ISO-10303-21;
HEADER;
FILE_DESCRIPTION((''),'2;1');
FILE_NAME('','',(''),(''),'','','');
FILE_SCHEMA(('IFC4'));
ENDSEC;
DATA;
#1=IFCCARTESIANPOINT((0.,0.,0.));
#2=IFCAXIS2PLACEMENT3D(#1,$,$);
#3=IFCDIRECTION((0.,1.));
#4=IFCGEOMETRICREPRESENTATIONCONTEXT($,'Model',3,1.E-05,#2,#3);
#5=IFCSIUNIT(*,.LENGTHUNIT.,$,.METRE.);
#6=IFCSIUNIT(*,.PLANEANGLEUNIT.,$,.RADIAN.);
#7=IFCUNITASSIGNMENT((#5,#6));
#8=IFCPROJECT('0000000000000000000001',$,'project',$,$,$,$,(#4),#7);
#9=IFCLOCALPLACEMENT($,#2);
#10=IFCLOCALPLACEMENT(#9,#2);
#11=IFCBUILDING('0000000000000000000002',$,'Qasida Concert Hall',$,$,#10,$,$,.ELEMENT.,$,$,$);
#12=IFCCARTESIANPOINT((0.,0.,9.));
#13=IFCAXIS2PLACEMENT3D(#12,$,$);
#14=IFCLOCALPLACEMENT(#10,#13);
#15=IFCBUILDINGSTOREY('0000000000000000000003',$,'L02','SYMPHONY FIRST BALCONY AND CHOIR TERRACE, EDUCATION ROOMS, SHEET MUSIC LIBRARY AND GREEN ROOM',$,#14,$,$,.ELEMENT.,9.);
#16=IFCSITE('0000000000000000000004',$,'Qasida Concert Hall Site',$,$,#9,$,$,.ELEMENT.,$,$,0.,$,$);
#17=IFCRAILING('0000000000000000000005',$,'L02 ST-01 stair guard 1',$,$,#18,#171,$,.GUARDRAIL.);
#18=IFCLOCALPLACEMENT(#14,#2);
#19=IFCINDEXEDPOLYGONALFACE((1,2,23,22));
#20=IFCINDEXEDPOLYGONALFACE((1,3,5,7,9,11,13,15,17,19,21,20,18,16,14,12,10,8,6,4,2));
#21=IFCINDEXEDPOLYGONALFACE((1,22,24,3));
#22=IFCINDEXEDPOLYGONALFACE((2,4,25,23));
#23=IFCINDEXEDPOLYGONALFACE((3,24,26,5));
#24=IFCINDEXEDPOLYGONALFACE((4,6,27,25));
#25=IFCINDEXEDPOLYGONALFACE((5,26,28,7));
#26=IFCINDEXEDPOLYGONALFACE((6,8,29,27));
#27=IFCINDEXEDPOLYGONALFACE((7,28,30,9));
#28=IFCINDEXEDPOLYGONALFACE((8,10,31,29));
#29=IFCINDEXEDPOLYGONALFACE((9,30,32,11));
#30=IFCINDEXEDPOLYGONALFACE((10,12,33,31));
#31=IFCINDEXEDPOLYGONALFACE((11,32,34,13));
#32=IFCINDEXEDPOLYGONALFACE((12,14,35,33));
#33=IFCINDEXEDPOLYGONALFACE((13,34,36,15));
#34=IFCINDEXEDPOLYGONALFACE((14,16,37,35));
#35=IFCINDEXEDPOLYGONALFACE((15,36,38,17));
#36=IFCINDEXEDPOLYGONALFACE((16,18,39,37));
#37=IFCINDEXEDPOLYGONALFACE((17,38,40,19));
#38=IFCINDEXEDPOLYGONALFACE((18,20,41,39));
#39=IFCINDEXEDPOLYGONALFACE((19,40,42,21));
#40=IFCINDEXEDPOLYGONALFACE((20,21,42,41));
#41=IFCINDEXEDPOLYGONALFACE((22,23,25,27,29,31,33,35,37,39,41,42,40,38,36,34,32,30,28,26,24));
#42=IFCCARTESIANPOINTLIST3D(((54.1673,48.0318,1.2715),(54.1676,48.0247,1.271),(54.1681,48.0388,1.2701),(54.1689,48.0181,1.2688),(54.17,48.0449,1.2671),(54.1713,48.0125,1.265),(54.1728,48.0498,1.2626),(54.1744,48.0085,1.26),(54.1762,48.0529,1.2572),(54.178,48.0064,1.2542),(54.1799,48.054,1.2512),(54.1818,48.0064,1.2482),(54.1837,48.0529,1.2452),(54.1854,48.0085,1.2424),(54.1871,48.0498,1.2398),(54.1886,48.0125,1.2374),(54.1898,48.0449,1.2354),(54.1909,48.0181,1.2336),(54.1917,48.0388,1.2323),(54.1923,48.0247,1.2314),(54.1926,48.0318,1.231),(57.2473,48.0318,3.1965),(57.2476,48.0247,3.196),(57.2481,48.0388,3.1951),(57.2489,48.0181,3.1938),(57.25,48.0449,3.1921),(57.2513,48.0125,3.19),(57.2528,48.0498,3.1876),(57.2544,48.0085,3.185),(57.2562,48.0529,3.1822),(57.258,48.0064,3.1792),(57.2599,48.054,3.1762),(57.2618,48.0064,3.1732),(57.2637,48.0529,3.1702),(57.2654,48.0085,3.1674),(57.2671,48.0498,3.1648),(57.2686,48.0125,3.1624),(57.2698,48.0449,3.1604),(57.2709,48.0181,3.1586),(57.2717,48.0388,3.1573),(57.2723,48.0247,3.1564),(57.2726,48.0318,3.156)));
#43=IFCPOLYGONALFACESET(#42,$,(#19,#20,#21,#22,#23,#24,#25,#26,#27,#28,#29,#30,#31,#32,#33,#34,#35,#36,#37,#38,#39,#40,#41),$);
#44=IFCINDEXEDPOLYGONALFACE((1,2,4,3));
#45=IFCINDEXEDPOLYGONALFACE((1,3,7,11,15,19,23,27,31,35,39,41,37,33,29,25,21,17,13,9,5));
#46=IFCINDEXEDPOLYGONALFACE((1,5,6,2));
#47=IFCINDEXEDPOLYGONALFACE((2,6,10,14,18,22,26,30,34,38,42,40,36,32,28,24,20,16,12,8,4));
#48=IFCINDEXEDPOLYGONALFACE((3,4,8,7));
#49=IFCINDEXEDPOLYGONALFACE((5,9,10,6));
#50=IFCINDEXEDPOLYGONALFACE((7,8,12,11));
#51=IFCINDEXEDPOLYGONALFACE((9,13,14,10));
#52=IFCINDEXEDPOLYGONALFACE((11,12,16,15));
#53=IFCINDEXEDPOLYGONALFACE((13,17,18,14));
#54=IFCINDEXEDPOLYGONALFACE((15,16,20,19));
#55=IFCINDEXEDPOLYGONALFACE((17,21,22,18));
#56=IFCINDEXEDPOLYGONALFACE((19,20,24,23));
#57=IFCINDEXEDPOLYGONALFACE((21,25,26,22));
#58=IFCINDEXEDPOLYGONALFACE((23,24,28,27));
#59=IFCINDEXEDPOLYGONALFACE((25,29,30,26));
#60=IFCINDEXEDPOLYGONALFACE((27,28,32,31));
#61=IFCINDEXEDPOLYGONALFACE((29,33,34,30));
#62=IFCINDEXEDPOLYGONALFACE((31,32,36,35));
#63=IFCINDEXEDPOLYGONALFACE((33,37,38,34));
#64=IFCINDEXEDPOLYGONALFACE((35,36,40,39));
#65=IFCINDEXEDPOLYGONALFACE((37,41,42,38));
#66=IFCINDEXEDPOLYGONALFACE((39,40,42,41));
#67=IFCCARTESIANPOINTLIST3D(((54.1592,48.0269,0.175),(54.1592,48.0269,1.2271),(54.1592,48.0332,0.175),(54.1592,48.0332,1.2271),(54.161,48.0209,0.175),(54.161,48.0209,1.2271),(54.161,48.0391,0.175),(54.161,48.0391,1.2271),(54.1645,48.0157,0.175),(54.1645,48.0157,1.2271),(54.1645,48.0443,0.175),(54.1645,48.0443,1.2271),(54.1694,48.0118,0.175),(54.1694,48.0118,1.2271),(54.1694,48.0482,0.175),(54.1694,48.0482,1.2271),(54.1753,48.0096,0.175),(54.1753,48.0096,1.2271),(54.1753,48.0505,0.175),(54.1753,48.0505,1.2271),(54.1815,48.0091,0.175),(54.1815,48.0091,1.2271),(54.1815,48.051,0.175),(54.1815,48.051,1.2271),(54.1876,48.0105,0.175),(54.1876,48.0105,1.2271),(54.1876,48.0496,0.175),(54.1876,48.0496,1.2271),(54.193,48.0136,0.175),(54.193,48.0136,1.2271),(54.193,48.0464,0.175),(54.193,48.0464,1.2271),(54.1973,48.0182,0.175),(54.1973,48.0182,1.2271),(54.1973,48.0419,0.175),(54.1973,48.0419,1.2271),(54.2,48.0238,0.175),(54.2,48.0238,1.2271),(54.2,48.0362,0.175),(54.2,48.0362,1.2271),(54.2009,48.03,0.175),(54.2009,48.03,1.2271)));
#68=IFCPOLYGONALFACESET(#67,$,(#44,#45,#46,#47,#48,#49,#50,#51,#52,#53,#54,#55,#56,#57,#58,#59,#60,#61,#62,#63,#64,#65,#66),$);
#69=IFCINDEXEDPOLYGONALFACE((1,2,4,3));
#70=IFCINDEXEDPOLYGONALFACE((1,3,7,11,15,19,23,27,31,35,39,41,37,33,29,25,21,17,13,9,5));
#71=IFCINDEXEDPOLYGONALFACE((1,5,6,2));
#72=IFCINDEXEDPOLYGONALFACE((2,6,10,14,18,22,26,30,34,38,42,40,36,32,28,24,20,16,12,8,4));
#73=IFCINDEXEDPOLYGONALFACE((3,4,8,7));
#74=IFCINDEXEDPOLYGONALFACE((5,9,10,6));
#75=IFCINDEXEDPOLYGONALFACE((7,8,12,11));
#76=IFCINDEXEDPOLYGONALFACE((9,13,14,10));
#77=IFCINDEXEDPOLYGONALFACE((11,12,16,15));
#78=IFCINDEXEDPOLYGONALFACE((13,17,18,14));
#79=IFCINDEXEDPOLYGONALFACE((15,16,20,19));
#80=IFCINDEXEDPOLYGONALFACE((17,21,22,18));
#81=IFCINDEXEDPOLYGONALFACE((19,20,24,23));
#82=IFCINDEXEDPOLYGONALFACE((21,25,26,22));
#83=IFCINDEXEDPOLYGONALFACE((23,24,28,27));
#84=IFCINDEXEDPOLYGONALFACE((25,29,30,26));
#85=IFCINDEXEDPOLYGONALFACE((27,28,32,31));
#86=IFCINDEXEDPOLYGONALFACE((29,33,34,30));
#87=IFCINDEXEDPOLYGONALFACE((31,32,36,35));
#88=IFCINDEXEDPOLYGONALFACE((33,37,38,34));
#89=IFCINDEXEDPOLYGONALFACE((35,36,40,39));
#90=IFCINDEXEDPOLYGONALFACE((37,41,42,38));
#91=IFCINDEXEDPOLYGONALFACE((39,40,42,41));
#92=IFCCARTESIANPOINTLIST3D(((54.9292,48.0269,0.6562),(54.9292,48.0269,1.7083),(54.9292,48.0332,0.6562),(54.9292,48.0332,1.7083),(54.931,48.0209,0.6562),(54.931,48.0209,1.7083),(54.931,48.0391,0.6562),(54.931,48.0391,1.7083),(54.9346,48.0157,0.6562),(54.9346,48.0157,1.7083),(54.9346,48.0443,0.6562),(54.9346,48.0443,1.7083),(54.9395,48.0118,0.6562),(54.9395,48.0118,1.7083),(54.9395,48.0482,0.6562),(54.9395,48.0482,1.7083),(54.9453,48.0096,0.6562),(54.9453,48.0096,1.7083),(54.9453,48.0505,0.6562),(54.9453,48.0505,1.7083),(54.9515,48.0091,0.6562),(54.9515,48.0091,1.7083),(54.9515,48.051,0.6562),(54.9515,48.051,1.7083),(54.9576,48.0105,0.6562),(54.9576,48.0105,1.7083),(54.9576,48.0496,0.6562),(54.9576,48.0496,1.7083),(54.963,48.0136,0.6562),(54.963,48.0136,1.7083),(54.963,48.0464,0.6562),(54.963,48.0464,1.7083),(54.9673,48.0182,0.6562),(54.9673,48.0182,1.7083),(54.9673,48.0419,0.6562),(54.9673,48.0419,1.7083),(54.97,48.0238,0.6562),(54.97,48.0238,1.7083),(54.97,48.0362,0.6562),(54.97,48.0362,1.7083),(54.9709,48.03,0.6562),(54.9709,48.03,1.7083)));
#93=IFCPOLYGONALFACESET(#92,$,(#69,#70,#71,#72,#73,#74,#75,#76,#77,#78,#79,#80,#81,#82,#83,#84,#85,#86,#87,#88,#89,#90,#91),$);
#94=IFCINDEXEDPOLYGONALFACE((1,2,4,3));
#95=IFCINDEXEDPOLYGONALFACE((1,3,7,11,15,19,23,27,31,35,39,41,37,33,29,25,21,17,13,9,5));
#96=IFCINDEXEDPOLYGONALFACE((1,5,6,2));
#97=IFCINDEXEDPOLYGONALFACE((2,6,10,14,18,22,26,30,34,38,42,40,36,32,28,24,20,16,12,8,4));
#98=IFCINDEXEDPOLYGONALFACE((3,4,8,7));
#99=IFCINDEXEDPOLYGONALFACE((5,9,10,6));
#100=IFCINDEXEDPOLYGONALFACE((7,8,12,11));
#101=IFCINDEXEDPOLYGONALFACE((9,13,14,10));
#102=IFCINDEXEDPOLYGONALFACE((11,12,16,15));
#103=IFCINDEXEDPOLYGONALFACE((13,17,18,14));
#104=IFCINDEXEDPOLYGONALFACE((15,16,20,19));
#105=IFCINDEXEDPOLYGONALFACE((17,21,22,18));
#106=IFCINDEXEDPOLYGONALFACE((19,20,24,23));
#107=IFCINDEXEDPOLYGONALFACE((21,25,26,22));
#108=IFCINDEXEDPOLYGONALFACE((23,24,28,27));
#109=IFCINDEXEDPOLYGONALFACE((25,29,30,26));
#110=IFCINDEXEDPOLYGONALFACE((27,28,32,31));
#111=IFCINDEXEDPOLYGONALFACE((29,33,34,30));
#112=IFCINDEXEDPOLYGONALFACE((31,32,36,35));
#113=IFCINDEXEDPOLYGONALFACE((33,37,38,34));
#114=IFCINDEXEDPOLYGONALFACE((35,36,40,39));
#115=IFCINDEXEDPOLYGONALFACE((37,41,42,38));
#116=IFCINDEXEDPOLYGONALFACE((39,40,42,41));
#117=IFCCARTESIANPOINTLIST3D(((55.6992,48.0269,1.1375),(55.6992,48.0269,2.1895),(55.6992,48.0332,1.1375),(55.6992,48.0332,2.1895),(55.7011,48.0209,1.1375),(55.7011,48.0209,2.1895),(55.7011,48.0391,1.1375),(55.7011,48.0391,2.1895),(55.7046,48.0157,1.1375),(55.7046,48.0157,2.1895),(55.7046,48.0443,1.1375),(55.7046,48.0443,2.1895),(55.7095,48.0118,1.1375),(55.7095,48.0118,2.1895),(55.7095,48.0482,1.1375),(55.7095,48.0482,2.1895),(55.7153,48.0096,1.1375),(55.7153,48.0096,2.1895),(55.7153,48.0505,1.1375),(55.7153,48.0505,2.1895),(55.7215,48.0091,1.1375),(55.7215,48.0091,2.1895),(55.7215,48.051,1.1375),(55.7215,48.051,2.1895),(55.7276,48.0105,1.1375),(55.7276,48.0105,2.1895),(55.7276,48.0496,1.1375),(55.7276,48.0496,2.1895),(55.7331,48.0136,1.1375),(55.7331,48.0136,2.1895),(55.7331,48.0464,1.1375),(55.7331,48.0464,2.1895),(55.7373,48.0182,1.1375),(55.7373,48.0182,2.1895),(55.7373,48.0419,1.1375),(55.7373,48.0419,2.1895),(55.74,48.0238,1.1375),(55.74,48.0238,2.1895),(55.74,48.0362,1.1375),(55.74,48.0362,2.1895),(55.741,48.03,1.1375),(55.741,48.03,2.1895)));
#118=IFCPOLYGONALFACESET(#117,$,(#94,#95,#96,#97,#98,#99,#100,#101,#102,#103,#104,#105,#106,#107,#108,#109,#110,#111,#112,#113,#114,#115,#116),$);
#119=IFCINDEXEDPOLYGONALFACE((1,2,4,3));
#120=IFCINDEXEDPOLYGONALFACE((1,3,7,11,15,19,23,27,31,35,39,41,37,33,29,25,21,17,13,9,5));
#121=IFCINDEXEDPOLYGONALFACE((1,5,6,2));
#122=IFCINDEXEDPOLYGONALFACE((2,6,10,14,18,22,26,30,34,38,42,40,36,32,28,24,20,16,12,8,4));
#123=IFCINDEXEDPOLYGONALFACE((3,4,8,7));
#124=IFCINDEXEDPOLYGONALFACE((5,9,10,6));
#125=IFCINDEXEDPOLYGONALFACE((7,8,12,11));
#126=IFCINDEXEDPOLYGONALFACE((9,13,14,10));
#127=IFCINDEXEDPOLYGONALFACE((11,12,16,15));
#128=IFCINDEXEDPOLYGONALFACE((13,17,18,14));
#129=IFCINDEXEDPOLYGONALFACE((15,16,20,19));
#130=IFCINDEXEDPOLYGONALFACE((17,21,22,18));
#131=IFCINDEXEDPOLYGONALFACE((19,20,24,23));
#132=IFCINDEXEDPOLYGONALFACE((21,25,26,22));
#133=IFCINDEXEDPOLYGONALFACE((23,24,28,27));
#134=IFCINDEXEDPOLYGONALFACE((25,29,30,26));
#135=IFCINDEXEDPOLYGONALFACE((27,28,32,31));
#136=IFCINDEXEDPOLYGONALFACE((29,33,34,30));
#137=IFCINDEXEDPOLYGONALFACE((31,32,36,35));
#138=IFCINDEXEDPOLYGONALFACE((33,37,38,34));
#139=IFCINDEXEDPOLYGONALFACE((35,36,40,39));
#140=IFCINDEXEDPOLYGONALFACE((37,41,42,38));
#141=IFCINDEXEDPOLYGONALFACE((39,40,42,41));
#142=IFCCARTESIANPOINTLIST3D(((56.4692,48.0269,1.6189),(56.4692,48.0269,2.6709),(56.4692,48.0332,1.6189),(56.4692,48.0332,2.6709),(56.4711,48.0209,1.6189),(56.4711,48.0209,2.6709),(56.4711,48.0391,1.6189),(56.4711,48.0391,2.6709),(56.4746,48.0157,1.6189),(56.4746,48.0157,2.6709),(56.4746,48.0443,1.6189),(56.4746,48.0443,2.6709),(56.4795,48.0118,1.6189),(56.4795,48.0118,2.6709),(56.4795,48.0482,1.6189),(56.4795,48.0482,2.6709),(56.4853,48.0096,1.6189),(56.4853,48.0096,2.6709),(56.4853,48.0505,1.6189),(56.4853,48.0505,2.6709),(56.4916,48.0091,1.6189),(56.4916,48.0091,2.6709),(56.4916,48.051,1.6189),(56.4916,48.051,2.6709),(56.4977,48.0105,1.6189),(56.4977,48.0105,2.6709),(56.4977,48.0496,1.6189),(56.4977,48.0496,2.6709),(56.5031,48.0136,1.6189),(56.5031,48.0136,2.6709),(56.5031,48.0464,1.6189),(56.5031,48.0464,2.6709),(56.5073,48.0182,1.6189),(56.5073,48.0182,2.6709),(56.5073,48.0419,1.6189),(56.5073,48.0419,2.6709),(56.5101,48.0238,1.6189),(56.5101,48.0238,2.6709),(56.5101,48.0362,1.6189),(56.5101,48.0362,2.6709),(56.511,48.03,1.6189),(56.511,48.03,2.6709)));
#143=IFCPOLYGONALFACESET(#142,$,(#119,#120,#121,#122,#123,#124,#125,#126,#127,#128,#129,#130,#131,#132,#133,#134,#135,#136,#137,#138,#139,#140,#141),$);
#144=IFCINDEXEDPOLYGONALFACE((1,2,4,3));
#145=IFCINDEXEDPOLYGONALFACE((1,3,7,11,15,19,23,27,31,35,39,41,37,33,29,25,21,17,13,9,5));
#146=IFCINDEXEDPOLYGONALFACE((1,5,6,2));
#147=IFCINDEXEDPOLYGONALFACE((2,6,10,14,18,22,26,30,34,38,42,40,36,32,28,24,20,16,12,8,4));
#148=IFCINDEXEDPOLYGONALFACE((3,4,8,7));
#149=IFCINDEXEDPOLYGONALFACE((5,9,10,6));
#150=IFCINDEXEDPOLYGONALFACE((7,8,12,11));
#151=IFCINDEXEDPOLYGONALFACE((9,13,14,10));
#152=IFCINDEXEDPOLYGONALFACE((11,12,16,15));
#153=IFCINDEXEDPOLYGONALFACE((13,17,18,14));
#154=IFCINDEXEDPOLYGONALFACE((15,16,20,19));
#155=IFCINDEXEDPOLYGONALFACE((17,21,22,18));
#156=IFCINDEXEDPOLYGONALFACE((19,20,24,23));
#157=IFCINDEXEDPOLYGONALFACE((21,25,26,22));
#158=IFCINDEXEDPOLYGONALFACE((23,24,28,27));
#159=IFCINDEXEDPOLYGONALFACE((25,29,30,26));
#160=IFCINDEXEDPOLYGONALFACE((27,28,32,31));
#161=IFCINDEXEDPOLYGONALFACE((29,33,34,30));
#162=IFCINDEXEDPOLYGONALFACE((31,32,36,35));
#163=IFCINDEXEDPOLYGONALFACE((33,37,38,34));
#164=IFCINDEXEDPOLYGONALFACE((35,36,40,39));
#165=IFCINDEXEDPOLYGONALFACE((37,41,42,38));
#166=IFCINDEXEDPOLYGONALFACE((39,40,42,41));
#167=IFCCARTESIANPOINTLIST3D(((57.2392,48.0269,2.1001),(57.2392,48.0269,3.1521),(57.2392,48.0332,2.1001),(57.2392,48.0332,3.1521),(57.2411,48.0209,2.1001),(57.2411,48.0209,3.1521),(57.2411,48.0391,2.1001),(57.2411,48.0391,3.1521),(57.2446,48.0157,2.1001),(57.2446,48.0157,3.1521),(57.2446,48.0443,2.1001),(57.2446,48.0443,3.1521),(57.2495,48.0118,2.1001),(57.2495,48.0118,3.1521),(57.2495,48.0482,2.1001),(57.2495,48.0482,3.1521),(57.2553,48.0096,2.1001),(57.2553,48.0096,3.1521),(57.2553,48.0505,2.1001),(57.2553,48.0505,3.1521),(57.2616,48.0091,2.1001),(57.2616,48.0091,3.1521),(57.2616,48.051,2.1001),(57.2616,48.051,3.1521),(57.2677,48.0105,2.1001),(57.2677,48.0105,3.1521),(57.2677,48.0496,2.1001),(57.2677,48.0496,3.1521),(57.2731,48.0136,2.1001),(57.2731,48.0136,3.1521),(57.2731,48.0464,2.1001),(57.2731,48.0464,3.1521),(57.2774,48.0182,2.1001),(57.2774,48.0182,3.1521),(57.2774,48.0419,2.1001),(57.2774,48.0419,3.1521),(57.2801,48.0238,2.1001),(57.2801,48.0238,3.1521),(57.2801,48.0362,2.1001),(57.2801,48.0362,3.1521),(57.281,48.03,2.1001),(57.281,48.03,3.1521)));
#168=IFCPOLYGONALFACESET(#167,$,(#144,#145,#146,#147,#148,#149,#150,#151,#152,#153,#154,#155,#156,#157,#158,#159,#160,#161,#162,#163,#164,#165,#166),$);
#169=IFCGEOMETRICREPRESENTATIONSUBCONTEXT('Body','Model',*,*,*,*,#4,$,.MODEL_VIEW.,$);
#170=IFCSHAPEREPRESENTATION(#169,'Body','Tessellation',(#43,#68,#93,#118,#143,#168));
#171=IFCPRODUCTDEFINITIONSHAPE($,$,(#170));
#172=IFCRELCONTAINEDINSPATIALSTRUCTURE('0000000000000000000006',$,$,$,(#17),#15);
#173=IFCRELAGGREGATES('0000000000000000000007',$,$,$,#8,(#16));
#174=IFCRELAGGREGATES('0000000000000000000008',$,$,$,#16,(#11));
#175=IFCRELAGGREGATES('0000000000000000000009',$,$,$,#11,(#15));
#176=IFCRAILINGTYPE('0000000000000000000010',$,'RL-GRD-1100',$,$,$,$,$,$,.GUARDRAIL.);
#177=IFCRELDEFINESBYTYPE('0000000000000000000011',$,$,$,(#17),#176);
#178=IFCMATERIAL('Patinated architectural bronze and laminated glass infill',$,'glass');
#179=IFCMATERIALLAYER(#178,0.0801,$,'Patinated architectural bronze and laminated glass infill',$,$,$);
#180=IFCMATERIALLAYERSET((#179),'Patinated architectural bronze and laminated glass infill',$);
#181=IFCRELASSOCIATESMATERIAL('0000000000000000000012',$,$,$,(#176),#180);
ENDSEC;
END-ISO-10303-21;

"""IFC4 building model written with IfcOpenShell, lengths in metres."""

from ifc_helpers import new_model, si_unit, direction, frame, origin, origin_2d, place, context, subcontext, project, spatial, circle, extrude, material, layer, layer_set, type_object, element, save


model = new_model("IFC4")

# Units and contexts
model_context = context("Model", 3, precision=1e-05, world=origin(), true_north=direction((0.0, 1.0)))
body_context = subcontext(model_context, "Body", "Model", "MODEL_VIEW")
ifc_project = project(units=[si_unit("LENGTHUNIT", "METRE"), si_unit("PLANEANGLEUNIT", "RADIAN")], contexts=[model_context])

# Site, building, storey
site_placement = place(None, origin())
site = spatial("IfcSite", under=ifc_project, at=site_placement, Name="Qasida Concert Hall Site", CompositionType="ELEMENT", RefElevation=0.0)
building_placement = place(site_placement, origin())
building = spatial("IfcBuilding", under=site, at=building_placement, Name="Qasida Concert Hall", CompositionType="ELEMENT")
storey_placement = place(building_placement, frame((0.0, 0.0, 9.0)))
storey = spatial("IfcBuildingStorey", under=building, at=storey_placement, Name="L02", Description="SYMPHONY FIRST BALCONY AND CHOIR TERRACE, EDUCATION ROOMS, SHEET MUSIC LIBRARY AND GREEN ROOM", CompositionType="ELEMENT", Elevation=9.0)

# Railing
ifc_material_1 = material(Name="Patinated architectural bronze and laminated glass infill", Category="glass")
ifc_layer_1 = layer(ifc_material_1, 0.0801, Name="Patinated architectural bronze and laminated glass infill")
ifc_layer_set_1 = layer_set([ifc_layer_1], Name="Patinated architectural bronze and laminated glass infill")
railing_type_1 = type_object("IfcRailingType", Name="RL-GRD-1100", PredefinedType="GUARDRAIL", material=ifc_layer_set_1)
railing_1_placement = place(storey_placement, frame((54.1799, 48.03, 0.175)))
element("IfcRailing", 1, at=railing_1_placement, inside=storey, type_object=railing_type_1, Name="L02 ST-01 stair guard 1", PredefinedType="GUARDRAIL", context=body_context, shape_type="SweptSolid", body=[
    extrude(circle(Radius=0.0239, at=origin_2d()), frame((0.0, 0.0, 1.0762), z_axis=(0.847998, 0.0, 0.529999), x_axis=(0.0, 1.0, 0.0)), (0.0, 0.0, 1.0), 3.6321),
    extrude(circle(Radius=0.021, at=origin_2d()), origin(), (0.0, 0.0, 1.0), 1.052),
    extrude(circle(Radius=0.021, at=origin_2d()), frame((0.77, 0.0, 0.4812)), (0.0, 0.0, 1.0), 1.052),
    extrude(circle(Radius=0.021, at=origin_2d()), frame((1.54, 0.0, 0.9624)), (0.0, 0.0, 1.0), 1.052),
    extrude(circle(Radius=0.021, at=origin_2d()), frame((2.3101, 0.0, 1.4438)), (0.0, 0.0, 1.0), 1.052),
    extrude(circle(Radius=0.021, at=origin_2d()), frame((3.0801, 0.0, 1.925)), (0.0, 0.0, 1.0), 1.052),
])

save(model, "model.ifc")
